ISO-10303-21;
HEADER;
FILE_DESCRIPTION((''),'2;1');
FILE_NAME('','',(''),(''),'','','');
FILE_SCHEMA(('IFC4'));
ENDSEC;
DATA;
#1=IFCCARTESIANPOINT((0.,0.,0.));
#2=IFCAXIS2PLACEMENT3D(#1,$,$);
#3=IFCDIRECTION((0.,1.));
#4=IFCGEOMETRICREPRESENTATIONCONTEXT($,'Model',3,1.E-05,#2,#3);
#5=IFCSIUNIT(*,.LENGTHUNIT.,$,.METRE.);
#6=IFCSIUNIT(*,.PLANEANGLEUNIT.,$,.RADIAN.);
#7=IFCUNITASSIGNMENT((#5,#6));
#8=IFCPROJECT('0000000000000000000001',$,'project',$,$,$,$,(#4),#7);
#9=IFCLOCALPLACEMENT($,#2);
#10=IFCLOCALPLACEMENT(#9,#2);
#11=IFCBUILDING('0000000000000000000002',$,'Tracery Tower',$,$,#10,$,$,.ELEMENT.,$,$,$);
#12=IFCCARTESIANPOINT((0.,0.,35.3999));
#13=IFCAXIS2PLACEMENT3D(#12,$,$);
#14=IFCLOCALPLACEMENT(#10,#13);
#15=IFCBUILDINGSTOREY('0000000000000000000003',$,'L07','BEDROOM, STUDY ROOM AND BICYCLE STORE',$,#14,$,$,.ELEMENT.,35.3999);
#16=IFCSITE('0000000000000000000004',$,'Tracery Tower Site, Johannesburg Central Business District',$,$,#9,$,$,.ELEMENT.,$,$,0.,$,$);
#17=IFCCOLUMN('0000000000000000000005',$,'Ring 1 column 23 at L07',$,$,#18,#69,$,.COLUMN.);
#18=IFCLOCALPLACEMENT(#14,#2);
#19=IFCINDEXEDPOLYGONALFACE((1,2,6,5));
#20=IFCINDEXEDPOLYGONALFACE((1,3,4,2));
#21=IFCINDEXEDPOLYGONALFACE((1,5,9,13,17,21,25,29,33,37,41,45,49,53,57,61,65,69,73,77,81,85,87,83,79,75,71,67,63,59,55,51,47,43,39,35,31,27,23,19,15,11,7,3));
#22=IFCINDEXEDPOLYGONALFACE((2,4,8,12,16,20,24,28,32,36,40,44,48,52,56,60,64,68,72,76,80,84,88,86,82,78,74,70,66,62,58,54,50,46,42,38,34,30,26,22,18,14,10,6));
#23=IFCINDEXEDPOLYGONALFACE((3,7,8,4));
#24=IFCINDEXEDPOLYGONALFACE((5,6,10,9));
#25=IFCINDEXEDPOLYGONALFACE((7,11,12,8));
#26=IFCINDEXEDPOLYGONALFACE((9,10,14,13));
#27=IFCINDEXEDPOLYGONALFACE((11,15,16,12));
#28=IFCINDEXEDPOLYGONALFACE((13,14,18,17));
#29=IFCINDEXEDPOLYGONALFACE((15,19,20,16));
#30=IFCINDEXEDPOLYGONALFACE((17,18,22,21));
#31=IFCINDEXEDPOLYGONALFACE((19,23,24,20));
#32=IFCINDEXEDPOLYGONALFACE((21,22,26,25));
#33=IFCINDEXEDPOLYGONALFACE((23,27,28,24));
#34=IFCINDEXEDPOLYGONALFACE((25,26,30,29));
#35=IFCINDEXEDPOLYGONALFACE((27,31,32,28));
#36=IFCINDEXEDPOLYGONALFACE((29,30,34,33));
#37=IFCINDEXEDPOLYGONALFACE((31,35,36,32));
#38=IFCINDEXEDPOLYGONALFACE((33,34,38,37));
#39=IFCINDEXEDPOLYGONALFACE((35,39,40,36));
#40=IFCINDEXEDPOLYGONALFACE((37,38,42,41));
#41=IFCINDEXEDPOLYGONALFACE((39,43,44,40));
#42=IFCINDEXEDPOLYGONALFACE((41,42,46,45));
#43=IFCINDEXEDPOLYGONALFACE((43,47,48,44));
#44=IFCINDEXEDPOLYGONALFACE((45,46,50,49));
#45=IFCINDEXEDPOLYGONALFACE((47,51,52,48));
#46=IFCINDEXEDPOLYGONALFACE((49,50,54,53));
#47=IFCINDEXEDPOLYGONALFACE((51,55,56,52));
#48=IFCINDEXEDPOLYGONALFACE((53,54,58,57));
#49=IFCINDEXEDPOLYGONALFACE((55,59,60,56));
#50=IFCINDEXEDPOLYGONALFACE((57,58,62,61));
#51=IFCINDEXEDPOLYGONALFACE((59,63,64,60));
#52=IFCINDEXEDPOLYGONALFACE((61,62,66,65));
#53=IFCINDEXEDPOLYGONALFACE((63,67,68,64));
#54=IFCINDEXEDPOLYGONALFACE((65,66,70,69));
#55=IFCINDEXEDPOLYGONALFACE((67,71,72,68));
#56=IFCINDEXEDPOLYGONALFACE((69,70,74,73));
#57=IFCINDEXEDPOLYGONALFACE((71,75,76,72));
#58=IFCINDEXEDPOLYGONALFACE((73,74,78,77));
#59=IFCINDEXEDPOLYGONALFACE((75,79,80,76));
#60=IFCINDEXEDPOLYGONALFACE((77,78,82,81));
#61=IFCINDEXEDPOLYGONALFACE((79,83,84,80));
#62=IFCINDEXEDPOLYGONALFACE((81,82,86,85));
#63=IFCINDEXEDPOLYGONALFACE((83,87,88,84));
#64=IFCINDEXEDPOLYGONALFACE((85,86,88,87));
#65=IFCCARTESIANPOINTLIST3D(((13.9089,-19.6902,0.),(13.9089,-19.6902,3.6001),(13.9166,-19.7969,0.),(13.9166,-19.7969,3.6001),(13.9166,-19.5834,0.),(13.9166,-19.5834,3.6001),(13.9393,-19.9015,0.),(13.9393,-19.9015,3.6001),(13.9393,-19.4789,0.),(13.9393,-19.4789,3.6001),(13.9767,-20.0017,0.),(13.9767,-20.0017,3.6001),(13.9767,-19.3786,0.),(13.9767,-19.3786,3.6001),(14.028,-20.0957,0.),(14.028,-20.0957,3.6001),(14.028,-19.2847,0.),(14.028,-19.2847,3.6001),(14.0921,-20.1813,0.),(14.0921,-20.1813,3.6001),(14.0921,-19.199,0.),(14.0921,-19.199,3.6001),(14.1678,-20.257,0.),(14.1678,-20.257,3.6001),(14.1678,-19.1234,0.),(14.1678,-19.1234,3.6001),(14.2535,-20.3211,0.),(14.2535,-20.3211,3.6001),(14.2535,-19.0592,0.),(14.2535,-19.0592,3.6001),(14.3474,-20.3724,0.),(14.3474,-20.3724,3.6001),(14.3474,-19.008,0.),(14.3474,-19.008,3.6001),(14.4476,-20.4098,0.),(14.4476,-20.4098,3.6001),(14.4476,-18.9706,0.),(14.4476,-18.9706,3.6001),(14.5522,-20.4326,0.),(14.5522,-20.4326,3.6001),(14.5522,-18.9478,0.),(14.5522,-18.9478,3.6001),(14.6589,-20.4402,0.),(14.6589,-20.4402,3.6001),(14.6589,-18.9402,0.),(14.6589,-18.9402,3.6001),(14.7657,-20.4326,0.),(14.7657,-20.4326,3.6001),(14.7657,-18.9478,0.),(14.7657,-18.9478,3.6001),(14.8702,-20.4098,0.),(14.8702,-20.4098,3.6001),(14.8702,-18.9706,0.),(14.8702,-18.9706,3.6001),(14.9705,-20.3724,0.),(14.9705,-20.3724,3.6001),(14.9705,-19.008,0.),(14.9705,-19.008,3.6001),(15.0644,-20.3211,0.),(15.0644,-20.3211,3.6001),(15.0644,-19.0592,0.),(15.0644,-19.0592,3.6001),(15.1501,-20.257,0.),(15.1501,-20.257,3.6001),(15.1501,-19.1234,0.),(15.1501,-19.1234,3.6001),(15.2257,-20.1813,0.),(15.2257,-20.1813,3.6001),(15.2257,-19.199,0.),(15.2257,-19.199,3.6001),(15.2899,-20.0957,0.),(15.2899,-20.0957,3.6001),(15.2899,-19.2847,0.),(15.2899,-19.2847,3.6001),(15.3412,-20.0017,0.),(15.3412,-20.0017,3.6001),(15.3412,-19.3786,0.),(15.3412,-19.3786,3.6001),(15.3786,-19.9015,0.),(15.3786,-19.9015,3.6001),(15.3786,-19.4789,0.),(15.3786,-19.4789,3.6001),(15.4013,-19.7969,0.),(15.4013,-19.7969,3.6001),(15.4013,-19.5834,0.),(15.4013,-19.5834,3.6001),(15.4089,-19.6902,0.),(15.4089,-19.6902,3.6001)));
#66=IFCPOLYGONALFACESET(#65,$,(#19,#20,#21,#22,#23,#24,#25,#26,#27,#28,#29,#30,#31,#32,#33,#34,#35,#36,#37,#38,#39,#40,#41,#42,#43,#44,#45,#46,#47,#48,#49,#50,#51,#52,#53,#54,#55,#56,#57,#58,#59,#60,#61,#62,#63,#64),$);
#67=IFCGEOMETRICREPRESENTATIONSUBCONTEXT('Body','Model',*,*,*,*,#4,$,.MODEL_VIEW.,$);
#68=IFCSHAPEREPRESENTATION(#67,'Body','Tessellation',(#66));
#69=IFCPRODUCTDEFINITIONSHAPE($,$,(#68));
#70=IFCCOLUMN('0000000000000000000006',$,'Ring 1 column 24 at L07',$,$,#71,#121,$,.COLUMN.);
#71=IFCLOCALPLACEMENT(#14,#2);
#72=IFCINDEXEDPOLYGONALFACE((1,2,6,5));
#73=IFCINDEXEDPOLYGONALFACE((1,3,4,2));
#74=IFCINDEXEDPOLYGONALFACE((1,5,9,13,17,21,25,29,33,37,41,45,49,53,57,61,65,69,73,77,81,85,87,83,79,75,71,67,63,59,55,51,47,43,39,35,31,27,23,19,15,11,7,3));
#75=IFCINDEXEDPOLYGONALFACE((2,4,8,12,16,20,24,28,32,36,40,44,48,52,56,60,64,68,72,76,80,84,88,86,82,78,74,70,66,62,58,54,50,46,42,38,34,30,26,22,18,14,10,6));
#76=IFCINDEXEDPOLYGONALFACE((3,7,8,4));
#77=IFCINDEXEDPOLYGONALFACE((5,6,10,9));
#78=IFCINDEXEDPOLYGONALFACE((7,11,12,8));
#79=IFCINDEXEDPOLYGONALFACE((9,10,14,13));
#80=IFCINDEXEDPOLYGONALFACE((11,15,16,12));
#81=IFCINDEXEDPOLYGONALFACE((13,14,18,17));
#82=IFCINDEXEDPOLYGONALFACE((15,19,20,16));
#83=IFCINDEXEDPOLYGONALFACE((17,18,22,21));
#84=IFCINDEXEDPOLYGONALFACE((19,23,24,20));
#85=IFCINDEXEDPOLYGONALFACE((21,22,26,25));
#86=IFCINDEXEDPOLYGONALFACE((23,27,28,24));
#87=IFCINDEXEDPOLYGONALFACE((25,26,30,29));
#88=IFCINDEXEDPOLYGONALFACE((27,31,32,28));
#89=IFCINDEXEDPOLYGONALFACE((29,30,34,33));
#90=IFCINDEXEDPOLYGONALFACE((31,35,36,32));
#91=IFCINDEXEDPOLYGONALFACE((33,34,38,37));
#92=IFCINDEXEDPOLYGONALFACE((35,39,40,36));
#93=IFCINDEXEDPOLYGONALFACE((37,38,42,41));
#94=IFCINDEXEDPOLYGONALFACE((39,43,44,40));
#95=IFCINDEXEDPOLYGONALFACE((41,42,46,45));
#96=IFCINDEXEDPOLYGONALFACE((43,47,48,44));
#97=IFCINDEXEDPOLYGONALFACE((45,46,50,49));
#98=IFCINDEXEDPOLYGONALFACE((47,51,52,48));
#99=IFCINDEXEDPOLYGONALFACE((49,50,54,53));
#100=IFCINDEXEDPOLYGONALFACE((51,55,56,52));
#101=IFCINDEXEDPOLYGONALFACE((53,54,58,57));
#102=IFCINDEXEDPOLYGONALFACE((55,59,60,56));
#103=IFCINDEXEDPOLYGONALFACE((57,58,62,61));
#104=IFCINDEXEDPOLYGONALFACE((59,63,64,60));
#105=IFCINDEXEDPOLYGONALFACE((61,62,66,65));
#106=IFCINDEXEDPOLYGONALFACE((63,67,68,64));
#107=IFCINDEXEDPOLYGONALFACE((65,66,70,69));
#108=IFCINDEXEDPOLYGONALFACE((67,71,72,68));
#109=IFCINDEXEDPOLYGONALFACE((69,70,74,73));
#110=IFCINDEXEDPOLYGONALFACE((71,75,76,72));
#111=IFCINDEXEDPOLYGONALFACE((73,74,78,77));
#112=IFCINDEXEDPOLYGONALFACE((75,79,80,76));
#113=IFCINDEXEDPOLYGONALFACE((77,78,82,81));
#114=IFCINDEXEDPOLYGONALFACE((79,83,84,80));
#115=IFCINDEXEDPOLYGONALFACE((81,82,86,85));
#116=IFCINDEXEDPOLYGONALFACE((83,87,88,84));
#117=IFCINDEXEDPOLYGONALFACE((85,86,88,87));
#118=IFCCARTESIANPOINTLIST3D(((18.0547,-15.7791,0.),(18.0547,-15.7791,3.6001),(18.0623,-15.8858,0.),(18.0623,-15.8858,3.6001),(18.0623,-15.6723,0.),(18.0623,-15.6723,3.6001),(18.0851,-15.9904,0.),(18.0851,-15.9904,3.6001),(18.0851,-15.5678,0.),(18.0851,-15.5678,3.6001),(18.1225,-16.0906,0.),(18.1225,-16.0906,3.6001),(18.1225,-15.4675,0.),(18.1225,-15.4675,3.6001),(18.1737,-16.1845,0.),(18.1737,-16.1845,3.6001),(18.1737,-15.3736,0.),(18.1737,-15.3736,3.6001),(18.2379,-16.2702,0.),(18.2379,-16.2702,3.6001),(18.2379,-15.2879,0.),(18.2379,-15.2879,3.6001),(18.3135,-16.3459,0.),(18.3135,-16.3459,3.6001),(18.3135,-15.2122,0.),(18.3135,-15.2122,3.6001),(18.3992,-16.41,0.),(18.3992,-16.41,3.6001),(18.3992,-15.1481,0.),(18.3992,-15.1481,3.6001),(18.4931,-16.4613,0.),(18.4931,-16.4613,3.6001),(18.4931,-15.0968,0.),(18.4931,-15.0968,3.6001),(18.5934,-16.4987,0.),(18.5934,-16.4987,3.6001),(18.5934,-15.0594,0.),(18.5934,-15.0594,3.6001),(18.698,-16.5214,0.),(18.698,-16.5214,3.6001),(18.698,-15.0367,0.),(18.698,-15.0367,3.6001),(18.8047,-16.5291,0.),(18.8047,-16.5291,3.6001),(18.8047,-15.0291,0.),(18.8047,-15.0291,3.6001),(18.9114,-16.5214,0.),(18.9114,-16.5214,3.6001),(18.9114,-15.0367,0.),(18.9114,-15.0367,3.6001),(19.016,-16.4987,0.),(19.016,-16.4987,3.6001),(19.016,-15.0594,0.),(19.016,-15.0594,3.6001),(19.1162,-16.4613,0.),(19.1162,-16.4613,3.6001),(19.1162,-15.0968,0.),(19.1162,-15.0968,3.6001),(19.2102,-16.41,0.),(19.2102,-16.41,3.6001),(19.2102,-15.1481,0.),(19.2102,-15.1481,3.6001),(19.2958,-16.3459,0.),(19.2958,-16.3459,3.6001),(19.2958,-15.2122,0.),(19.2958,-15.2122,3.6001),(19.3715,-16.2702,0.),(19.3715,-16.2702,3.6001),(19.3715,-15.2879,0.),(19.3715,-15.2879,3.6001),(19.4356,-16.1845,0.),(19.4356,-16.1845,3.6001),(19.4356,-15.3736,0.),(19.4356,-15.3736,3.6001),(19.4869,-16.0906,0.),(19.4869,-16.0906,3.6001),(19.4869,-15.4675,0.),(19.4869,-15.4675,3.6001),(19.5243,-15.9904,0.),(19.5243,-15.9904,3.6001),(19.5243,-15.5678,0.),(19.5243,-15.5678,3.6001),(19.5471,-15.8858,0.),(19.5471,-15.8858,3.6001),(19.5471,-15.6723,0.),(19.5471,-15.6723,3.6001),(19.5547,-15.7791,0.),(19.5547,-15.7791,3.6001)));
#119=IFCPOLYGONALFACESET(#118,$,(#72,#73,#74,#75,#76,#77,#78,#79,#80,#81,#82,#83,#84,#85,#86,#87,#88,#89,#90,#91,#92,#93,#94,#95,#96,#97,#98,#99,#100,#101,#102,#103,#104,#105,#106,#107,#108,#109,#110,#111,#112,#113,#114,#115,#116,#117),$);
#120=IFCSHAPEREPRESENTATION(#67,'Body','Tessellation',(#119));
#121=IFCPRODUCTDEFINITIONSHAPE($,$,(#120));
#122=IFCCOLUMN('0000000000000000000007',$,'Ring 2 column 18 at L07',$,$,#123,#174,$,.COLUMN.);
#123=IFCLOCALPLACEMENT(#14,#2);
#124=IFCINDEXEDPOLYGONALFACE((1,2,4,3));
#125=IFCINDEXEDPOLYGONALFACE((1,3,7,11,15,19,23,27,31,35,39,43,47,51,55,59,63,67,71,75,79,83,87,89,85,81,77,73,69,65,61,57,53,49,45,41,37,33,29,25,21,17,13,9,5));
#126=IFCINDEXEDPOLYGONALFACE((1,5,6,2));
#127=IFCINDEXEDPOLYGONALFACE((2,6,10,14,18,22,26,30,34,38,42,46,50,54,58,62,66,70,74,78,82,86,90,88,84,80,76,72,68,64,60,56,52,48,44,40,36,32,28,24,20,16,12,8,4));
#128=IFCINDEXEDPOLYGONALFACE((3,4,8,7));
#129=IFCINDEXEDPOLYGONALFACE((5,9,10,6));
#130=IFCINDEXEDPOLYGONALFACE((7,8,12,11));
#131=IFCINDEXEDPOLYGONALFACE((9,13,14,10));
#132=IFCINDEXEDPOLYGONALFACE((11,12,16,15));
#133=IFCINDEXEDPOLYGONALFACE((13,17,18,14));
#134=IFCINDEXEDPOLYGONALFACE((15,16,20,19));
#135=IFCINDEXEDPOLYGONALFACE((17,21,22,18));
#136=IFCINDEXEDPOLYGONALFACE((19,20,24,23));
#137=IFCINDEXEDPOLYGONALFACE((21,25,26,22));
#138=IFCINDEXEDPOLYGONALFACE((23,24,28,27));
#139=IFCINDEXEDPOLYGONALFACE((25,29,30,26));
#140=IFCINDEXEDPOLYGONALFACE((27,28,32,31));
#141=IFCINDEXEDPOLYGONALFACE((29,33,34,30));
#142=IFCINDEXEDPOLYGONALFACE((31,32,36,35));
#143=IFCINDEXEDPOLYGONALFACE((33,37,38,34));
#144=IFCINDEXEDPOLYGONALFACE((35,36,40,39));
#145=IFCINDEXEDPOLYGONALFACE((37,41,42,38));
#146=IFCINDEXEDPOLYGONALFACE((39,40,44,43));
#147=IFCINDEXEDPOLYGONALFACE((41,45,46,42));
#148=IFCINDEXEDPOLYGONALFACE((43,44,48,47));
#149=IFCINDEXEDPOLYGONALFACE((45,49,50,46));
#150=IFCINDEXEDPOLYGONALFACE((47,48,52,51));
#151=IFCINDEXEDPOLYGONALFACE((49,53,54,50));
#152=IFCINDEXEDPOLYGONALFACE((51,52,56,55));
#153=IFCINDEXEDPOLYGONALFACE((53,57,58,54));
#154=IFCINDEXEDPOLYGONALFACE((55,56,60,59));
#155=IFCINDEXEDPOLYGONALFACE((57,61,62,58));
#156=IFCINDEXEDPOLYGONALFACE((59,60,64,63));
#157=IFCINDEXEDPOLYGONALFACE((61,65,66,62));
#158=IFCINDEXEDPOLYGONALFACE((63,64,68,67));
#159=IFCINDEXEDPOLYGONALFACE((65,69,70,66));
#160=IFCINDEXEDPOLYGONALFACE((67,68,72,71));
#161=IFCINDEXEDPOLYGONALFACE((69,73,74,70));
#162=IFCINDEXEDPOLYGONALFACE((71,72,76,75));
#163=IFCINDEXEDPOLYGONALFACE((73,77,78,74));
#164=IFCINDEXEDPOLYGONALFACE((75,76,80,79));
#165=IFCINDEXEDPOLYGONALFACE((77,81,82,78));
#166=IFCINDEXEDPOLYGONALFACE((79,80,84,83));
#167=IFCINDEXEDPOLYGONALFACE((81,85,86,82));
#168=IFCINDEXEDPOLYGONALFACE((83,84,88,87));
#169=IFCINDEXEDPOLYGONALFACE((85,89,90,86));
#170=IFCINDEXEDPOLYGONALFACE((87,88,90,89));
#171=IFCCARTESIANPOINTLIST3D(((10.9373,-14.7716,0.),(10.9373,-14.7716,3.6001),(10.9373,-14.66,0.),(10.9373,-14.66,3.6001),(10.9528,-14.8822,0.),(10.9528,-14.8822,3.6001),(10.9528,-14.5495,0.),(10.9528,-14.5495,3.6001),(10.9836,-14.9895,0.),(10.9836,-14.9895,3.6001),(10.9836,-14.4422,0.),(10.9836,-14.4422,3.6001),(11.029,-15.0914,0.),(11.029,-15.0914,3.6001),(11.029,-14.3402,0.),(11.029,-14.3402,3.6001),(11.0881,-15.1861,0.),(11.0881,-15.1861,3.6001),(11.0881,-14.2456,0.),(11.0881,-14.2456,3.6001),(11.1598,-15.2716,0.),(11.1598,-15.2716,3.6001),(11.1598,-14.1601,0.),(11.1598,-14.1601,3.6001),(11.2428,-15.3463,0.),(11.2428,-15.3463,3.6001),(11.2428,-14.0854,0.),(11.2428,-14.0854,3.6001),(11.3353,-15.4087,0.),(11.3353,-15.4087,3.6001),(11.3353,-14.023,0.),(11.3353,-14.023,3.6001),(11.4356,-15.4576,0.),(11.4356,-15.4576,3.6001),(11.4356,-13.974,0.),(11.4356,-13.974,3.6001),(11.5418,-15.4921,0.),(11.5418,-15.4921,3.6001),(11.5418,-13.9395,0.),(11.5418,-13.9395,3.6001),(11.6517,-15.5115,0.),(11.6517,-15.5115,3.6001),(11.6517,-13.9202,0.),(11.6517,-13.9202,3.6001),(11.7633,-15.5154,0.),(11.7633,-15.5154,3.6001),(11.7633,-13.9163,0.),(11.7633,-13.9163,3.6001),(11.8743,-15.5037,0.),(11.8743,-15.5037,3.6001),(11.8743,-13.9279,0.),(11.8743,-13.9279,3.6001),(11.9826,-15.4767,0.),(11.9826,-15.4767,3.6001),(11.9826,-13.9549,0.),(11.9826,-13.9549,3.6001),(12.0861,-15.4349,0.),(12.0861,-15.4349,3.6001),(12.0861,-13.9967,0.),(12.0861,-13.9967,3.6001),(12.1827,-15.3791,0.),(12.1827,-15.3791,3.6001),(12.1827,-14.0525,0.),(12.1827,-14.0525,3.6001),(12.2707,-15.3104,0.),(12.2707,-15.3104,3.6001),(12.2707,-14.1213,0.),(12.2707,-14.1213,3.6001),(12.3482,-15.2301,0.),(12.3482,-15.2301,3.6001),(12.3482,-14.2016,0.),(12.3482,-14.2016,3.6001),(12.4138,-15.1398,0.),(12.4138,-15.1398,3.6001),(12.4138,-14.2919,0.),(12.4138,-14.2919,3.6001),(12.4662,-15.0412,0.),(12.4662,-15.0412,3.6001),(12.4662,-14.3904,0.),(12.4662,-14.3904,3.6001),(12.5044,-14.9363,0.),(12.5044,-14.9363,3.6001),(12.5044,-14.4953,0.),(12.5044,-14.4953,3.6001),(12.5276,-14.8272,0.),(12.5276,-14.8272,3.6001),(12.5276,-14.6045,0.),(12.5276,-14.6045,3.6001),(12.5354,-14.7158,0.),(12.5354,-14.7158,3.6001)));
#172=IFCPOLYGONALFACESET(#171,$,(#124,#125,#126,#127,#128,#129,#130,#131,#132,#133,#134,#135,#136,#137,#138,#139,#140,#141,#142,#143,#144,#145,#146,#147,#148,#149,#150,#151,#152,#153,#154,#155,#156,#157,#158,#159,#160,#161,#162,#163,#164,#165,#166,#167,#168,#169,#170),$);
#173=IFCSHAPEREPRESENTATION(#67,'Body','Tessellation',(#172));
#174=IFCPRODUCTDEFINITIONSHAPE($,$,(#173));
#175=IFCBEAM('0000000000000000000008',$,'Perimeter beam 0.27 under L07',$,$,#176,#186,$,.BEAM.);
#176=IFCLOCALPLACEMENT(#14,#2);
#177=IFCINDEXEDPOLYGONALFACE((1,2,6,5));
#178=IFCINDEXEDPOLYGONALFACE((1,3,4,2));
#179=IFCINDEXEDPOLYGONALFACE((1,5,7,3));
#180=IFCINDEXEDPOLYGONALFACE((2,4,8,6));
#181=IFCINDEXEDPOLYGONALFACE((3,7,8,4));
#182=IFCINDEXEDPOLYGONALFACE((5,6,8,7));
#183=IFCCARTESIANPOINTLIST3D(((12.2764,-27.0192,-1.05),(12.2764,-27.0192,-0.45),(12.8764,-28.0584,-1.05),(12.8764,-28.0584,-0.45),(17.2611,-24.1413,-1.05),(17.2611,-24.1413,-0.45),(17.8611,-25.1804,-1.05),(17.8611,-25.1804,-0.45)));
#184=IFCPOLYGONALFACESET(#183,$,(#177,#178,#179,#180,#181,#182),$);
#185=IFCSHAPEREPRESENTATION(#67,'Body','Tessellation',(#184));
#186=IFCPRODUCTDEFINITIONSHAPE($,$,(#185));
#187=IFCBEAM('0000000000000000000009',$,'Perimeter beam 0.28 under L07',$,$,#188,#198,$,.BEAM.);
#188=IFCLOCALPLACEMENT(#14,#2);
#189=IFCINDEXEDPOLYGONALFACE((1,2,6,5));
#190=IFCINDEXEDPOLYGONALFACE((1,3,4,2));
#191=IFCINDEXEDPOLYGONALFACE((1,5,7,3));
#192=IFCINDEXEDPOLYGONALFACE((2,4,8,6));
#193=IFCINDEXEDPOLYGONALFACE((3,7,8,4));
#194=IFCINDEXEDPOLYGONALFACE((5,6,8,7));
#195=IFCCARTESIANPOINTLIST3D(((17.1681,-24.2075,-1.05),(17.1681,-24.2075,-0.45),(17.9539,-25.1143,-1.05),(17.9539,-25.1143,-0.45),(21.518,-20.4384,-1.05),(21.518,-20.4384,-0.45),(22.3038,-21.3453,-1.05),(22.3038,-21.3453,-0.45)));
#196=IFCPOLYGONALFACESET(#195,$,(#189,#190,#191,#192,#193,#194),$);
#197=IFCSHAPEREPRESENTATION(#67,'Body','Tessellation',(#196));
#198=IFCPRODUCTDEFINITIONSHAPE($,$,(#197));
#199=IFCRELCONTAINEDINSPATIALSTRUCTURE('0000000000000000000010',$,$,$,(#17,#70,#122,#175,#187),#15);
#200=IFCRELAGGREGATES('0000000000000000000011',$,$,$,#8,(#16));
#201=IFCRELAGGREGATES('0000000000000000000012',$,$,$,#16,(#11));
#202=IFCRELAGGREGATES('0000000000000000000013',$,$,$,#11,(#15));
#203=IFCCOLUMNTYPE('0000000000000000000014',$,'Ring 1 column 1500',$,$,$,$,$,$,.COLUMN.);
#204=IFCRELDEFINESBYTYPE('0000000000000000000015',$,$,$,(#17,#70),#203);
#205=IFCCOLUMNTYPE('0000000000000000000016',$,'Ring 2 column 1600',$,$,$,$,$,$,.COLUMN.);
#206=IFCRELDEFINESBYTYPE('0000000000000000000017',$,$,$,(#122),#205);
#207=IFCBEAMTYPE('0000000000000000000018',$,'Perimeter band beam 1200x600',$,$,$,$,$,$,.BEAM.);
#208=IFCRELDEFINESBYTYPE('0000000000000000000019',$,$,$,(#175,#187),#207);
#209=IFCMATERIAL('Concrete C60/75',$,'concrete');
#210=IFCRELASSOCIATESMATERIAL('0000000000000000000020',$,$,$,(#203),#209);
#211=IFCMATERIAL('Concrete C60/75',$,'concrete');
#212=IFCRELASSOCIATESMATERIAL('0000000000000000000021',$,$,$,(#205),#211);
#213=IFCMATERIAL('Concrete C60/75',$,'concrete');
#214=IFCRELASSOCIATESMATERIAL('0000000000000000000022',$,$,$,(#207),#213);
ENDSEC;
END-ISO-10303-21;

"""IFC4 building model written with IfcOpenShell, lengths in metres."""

from ifc_helpers import new_model, si_unit, direction, frame, origin, origin_2d, place, context, subcontext, project, spatial, rectangle, circle, extrude, material, material_profile, profile_set, type_object, element, save


model = new_model("IFC4")

# Units and contexts
model_context = context("Model", 3, precision=1e-05, world=origin(), true_north=direction((0.0, 1.0)))
body_context = subcontext(model_context, "Body", "Model", "MODEL_VIEW")
ifc_project = project(units=[si_unit("LENGTHUNIT", "METRE"), si_unit("PLANEANGLEUNIT", "RADIAN")], contexts=[model_context])

# Site, building, storey
site_placement = place(None, origin())
site = spatial("IfcSite", under=ifc_project, at=site_placement, Name="Tracery Tower Site, Johannesburg Central Business District", CompositionType="ELEMENT", RefElevation=0.0)
building_placement = place(site_placement, origin())
building = spatial("IfcBuilding", under=site, at=building_placement, Name="Tracery Tower", CompositionType="ELEMENT")
storey_placement = place(building_placement, frame((0.0, 0.0, 35.3999)))
storey = spatial("IfcBuildingStorey", under=building, at=storey_placement, Name="L07", Description="BEDROOM, STUDY ROOM AND BICYCLE STORE", CompositionType="ELEMENT", Elevation=35.3999)

# Columns
ifc_material_1 = material(Name="Concrete C60/75", Category="concrete")
ifc_material_profile_1 = material_profile(ifc_material_1, circle(Radius=0.75, at=origin_2d()), Name="RC D1500")
ifc_profile_set_1 = profile_set([ifc_material_profile_1], Name="Concrete C60/75")
column_type_1 = type_object("IfcColumnType", Name="Ring 1 column 1500", PredefinedType="COLUMN", material=ifc_profile_set_1)
for number, where, z_axis, x_axis, name in (
    (1, (14.6589, -19.6902, 0.0), (0.0, 0.0, 1.0), (1.0, 0.0, 0.0), "Ring 1 column 23 at L07"),
    (2, (18.8047, -15.7791, 0.0), (0.0, 0.0, 1.0), (1.0, 0.0, 0.0), "Ring 1 column 24 at L07"),
):
    element("IfcColumn", number, at=place(storey_placement, frame(where, z_axis=z_axis, x_axis=x_axis)), inside=storey, type_object=column_type_1, Name=name, PredefinedType="COLUMN", context=body_context, shape_type="SweptSolid", body=[
        extrude(circle(Radius=0.75, at=origin_2d()), origin(), (0.0, 0.0, 1.0), 3.6001),
    ])
ifc_material_2 = material(Name="Concrete C60/75", Category="concrete")
ifc_material_profile_2 = material_profile(ifc_material_2, circle(Radius=0.8, at=origin_2d()), Name="RC D1600")
ifc_profile_set_2 = profile_set([ifc_material_profile_2], Name="Concrete C60/75")
column_type_2 = type_object("IfcColumnType", Name="Ring 2 column 1600", PredefinedType="COLUMN", material=ifc_profile_set_2)
column_placement = place(storey_placement, frame((11.7354, -14.7158, 0.0), z_axis=(0.0, 0.0, 1.0), x_axis=(1.0, 0.0, 0.0)))
element("IfcColumn", 3, at=column_placement, inside=storey, type_object=column_type_2, Name="Ring 2 column 18 at L07", PredefinedType="COLUMN", context=body_context, shape_type="SweptSolid", body=[
    extrude(circle(Radius=0.8, at=origin_2d()), origin(), (0.0, 0.0, 1.0), 3.6001),
])

# Beams
ifc_material_3 = material(Name="Concrete C60/75", Category="concrete")
ifc_material_profile_3 = material_profile(ifc_material_3, rectangle(XDim=1.2, YDim=0.6001, at=origin_2d()), Name="RC 1200x600")
ifc_profile_set_3 = profile_set([ifc_material_profile_3], Name="Concrete C60/75")
beam_type = type_object("IfcBeamType", Name="Perimeter band beam 1200x600", PredefinedType="BEAM", material=ifc_profile_set_3)
beam_1_placement = place(storey_placement, frame((12.5764, -27.5388, -0.75), z_axis=(0.866021, 0.500008, 0.0), x_axis=(-0.500008, 0.866021, 0.0)))
element("IfcBeam", 4, at=beam_1_placement, inside=storey, type_object=beam_type, Name="Perimeter beam 0.27 under L07", PredefinedType="BEAM", context=body_context, shape_type="SweptSolid", body=[
    extrude(rectangle(XDim=1.2, YDim=0.6001, at=origin_2d()), origin(), (0.0, 0.0, 1.0), 5.7559),
])
beam_2_placement = place(storey_placement, frame((17.561, -24.6609, -0.75), z_axis=(0.75576, 0.654848, 0.0), x_axis=(-0.654848, 0.75576, 0.0)))
element("IfcBeam", 5, at=beam_2_placement, inside=storey, type_object=beam_type, Name="Perimeter beam 0.28 under L07", PredefinedType="BEAM", context=body_context, shape_type="SweptSolid", body=[
    extrude(rectangle(XDim=1.2, YDim=0.6001, at=origin_2d()), origin(), (0.0, 0.0, 1.0), 5.7556),
])

save(model, "model.ifc")
